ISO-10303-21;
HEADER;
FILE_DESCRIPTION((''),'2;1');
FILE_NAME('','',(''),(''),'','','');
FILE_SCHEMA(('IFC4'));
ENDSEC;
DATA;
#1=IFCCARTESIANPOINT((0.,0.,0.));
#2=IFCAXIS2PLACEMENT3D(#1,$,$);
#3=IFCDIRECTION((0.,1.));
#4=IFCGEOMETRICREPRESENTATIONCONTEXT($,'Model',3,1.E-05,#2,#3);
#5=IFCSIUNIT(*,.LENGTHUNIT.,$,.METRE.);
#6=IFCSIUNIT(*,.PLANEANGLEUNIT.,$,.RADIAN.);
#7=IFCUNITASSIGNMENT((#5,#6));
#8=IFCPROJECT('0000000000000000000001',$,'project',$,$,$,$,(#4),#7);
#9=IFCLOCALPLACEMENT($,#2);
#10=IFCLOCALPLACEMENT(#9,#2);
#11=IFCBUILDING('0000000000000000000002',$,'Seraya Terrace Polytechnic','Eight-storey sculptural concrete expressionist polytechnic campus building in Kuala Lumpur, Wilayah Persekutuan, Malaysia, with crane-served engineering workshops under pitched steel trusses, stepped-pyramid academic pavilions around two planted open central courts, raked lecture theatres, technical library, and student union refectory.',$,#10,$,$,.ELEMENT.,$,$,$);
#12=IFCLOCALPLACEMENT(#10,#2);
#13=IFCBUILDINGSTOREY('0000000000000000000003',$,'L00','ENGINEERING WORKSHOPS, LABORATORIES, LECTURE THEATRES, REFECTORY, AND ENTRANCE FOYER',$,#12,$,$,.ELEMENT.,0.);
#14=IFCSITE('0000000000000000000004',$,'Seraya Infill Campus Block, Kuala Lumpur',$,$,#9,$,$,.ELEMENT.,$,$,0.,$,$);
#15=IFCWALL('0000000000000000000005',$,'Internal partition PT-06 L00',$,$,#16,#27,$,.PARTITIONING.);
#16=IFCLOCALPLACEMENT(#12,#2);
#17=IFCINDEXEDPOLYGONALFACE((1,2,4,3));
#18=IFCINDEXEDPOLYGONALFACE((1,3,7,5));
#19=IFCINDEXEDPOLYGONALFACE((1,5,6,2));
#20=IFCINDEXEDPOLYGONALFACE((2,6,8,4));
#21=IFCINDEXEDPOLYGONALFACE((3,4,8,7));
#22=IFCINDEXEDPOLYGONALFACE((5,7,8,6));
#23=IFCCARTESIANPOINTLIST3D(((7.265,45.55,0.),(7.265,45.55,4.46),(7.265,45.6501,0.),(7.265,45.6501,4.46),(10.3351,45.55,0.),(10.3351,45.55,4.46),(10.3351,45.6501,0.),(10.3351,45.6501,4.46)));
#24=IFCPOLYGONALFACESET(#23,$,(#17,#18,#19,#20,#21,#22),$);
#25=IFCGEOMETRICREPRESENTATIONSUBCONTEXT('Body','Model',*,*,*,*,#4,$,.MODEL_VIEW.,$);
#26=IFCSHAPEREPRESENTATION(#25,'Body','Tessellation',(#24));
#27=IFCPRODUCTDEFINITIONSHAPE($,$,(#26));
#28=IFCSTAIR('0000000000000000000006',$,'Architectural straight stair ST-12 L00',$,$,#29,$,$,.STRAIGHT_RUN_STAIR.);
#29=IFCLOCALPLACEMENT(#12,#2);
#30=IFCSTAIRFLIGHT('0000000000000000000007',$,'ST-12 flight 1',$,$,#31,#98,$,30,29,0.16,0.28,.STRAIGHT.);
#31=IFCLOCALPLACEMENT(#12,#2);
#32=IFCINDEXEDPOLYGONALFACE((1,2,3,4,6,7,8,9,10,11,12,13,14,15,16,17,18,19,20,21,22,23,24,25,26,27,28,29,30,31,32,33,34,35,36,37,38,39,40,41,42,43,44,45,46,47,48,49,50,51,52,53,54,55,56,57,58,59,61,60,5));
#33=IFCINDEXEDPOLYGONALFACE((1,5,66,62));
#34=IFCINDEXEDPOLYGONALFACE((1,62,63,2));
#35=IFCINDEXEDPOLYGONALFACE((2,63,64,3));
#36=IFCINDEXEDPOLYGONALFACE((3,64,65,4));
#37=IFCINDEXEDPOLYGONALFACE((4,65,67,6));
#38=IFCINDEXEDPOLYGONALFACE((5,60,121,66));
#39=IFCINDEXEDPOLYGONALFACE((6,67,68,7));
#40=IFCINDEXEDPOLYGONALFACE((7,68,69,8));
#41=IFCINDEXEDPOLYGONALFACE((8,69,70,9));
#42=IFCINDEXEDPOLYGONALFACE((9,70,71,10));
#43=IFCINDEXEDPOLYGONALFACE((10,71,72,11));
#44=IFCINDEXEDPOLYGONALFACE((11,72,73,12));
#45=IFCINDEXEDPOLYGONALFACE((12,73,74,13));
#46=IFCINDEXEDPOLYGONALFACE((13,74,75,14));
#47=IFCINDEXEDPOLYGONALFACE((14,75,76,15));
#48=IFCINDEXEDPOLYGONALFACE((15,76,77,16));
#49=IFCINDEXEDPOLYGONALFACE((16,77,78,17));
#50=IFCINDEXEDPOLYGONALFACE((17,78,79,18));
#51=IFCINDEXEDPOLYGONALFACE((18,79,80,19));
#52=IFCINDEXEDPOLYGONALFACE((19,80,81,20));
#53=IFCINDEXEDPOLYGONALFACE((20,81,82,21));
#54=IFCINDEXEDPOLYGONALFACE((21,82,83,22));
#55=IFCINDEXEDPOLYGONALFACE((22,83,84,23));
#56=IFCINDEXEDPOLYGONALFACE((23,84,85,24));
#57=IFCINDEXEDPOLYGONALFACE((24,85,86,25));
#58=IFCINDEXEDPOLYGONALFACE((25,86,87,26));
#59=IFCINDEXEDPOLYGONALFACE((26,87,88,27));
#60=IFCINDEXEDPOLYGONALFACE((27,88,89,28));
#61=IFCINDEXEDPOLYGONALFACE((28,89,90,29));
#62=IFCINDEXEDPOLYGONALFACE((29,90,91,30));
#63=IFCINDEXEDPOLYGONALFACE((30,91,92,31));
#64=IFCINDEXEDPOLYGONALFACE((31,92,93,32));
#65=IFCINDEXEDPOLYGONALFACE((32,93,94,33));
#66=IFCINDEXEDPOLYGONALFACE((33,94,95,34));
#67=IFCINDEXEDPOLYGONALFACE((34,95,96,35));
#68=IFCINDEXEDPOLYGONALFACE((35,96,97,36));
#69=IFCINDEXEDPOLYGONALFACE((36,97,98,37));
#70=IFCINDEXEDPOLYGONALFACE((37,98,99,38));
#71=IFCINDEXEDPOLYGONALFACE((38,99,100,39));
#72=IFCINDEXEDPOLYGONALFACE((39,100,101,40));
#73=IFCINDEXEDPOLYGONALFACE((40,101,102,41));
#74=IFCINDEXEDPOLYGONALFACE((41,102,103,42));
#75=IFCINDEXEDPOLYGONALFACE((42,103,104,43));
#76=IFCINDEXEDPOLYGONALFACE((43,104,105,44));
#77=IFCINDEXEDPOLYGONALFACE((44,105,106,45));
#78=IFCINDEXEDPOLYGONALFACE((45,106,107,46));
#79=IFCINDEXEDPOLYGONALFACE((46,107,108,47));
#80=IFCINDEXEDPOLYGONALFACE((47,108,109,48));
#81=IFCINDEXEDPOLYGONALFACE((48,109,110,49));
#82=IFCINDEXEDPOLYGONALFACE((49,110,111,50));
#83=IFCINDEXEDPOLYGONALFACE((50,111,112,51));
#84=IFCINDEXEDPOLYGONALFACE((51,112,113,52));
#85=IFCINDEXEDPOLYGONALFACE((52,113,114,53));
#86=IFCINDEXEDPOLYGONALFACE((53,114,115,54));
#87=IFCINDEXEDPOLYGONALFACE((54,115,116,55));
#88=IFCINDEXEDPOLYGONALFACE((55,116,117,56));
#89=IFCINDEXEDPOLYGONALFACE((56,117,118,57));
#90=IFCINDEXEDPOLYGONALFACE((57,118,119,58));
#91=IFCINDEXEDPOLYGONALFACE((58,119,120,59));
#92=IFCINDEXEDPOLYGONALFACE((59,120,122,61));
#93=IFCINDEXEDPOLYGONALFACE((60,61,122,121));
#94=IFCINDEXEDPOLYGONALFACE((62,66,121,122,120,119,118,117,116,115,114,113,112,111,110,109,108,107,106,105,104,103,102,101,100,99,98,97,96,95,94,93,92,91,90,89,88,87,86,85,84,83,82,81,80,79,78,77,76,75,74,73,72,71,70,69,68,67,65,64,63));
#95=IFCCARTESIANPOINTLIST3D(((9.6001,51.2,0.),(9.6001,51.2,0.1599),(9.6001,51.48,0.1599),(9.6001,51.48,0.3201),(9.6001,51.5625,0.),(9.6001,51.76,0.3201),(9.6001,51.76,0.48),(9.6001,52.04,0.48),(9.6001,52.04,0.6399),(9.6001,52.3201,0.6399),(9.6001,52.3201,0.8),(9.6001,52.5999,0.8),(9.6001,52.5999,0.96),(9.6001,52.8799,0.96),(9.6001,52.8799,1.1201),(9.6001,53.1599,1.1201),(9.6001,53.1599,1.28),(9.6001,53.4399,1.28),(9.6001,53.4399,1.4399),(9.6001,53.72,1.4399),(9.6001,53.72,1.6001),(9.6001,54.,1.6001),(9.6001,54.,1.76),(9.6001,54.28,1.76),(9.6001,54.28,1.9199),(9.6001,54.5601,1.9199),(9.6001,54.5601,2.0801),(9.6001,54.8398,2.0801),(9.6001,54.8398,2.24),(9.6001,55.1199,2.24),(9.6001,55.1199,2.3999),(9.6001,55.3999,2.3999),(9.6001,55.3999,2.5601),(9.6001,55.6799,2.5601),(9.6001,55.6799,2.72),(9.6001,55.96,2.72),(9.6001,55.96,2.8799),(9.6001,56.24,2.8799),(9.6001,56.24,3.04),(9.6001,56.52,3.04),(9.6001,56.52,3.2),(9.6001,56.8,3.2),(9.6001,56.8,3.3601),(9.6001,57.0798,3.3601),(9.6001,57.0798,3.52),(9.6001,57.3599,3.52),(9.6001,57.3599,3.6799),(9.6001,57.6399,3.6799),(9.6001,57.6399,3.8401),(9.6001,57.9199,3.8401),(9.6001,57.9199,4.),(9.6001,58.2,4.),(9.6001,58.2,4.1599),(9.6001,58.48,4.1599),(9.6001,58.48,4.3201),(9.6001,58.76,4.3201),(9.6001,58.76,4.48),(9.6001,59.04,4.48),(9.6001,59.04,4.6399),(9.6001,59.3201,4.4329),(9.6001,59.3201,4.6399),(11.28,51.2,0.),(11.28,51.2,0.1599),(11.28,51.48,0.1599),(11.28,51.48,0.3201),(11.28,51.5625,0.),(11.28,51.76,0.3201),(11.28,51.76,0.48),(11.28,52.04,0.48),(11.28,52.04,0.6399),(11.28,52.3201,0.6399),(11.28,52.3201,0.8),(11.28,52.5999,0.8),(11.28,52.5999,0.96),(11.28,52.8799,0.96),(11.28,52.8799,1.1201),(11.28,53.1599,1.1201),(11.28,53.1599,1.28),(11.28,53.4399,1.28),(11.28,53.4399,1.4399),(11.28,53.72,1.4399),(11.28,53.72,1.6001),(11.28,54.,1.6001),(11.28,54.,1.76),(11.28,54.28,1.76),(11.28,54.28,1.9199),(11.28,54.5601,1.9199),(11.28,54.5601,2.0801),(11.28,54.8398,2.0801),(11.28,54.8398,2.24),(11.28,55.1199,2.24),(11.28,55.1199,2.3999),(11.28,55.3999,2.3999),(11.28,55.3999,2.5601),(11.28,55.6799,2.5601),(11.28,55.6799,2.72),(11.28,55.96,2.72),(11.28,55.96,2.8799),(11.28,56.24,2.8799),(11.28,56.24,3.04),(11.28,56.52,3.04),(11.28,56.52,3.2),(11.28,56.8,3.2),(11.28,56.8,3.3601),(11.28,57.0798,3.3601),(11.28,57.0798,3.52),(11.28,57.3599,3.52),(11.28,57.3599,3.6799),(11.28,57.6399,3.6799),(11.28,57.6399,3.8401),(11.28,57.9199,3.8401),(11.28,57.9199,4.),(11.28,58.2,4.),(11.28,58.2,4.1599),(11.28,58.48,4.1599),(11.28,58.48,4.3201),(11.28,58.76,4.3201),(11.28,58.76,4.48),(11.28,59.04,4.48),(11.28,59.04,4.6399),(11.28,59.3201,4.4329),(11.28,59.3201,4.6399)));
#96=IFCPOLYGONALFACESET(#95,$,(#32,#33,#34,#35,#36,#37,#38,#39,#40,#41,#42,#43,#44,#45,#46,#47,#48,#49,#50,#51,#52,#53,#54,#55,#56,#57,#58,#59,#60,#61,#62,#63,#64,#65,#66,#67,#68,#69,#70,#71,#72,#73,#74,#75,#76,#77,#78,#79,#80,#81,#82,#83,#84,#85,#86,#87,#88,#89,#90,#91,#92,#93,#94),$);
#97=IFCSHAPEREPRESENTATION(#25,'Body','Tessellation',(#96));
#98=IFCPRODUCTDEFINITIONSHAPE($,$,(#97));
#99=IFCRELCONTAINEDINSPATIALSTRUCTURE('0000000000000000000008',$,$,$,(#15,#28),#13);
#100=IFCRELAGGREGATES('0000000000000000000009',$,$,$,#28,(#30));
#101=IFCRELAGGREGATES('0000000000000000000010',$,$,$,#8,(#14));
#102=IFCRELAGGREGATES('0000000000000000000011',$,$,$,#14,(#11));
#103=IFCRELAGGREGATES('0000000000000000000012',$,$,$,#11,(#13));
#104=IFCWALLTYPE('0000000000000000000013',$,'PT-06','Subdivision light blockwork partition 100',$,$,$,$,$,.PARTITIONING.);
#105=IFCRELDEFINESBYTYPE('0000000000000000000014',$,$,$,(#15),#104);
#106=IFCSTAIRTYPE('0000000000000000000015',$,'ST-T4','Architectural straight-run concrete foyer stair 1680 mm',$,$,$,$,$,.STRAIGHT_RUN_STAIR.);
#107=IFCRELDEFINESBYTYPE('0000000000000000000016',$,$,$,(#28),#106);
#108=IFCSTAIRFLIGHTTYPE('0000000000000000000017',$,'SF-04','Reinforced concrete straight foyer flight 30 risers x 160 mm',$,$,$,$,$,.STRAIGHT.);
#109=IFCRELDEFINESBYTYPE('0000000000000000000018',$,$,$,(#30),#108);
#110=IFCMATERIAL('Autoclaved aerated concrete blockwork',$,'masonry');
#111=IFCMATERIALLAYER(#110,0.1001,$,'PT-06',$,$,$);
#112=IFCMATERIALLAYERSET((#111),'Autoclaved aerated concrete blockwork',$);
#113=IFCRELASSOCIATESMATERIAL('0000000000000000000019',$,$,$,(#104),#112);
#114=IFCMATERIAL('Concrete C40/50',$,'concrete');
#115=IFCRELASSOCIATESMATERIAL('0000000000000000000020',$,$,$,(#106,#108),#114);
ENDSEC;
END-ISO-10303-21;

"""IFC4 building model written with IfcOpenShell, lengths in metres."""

from ifc_helpers import new_model, si_unit, direction, frame, frame_2d, origin, place, context, subcontext, project, spatial, polyline, rectangle, outline, extrude, material, layer, layer_set, type_object, element, aggregate, save


model = new_model("IFC4")

# Units and contexts
model_context = context("Model", 3, precision=1e-05, world=origin(), true_north=direction((0.0, 1.0)))
body_context = subcontext(model_context, "Body", "Model", "MODEL_VIEW")
ifc_project = project(units=[si_unit("LENGTHUNIT", "METRE"), si_unit("PLANEANGLEUNIT", "RADIAN")], contexts=[model_context])

# Site, building, storey
site_placement = place(None, origin())
site = spatial("IfcSite", under=ifc_project, at=site_placement, Name="Seraya Infill Campus Block, Kuala Lumpur", CompositionType="ELEMENT", RefElevation=0.0)
building_placement = place(site_placement, origin())
building = spatial("IfcBuilding", under=site, at=building_placement, Name="Seraya Terrace Polytechnic", Description="Eight-storey sculptural concrete expressionist polytechnic campus building in Kuala Lumpur, Wilayah Persekutuan, Malaysia, with crane-served engineering workshops under pitched steel trusses, stepped-pyramid academic pavilions around two planted open central courts, raked lecture theatres, technical library, and student union refectory.", CompositionType="ELEMENT")
storey_placement = place(building_placement, origin())
storey = spatial("IfcBuildingStorey", under=building, at=storey_placement, Name="L00", Description="ENGINEERING WORKSHOPS, LABORATORIES, LECTURE THEATRES, REFECTORY, AND ENTRANCE FOYER", CompositionType="ELEMENT", Elevation=0.0)

# Shared definitions
ifc_material_1 = material(Name="Concrete C40/50", Category="concrete")

# Wall
ifc_material_2 = material(Name="Autoclaved aerated concrete blockwork", Category="masonry")
ifc_layer_1 = layer(ifc_material_2, 0.1001, Name="PT-06")
ifc_layer_set_1 = layer_set([ifc_layer_1], Name="Autoclaved aerated concrete blockwork")
wall_type_1 = type_object("IfcWallType", Name="PT-06", Description="Subdivision light blockwork partition 100", PredefinedType="PARTITIONING", material=ifc_layer_set_1)
wall_1_placement = place(storey_placement, frame((7.2649, 45.6001, 0.0), z_axis=(0.0, 0.0, 1.0), x_axis=(1.0, 0.0, 0.0)))
element("IfcWall", 1, at=wall_1_placement, inside=storey, type_object=wall_type_1, Name="Internal partition PT-06 L00", PredefinedType="PARTITIONING", context=body_context, shape_type="SweptSolid", body=[
    extrude(rectangle(XDim=3.0701, YDim=0.1001, at=frame_2d((1.5352, 0.0))), origin(), (0.0, 0.0, 1.0), 4.46),
])

# Stair, stair flight
stair_type = type_object("IfcStairType", Name="ST-T4", Description="Architectural straight-run concrete foyer stair 1680 mm", PredefinedType="STRAIGHT_RUN_STAIR", material=ifc_material_1)
stair_placement = place(storey_placement, origin())
stair = element("IfcStair", 2, at=stair_placement, inside=storey, type_object=stair_type, Name="Architectural straight stair ST-12 L00", PredefinedType="STRAIGHT_RUN_STAIR")
stair_flight_type = type_object("IfcStairFlightType", Name="SF-04", Description="Reinforced concrete straight foyer flight 30 risers x 160 mm", PredefinedType="STRAIGHT", material=ifc_material_1)
stair_flight_placement = place(storey_placement, frame((10.4399, 51.2, 0.0), z_axis=(0.0, 0.0, 1.0), x_axis=(0.0, 1.0, 0.0)))
stair_flight = element("IfcStairFlight", 3, at=stair_flight_placement, type_object=stair_flight_type, Name="ST-12 flight 1", NumberOfRisers=30, NumberOfTreads=29, PredefinedType="STRAIGHT", RiserHeight=0.16, TreadLength=0.28, context=body_context, shape_type="SweptSolid", body=[
    extrude(outline(polyline([(0.0, 0.0), (0.0, 0.1599), (0.28, 0.1599), (0.28, 0.3201), (0.5601, 0.3201), (0.5601, 0.48), (0.8401, 0.48), (0.8401, 0.6399), (1.1201, 0.6399), (1.1201, 0.8), (1.3999, 0.8), (1.3999, 0.96), (1.6799, 0.96), (1.6799, 1.1201), (1.96, 1.1201), (1.96, 1.28), (2.24, 1.28), (2.24, 1.4399), (2.52, 1.4399), (2.52, 1.6001), (2.8, 1.6001), (2.8, 1.76), (3.0801, 1.76), (3.0801, 1.9199), (3.3601, 1.9199), (3.3601, 2.0801), (3.6399, 2.0801), (3.6399, 2.24), (3.9199, 2.24), (3.9199, 2.3999), (4.2, 2.3999), (4.2, 2.5601), (4.48, 2.5601), (4.48, 2.72), (4.76, 2.72), (4.76, 2.8799), (5.04, 2.8799), (5.04, 3.04), (5.3201, 3.04), (5.3201, 3.2), (5.6001, 3.2), (5.6001, 3.3601), (5.8799, 3.3601), (5.8799, 3.52), (6.1599, 3.52), (6.1599, 3.6799), (6.4399, 3.6799), (6.4399, 3.8401), (6.72, 3.8401), (6.72, 4.0), (7.0, 4.0), (7.0, 4.1599), (7.28, 4.1599), (7.28, 4.3201), (7.5601, 4.3201), (7.5601, 4.48), (7.8401, 4.48), (7.8401, 4.6399), (8.1201, 4.6399), (8.1201, 4.8), (8.1201, 4.4329), (0.3625, 0.0), (0.0, 0.0)])), frame((0.0, 0.8398, 0.0), z_axis=(0.0, -1.0, 0.0), x_axis=(1.0, 0.0, 0.0)), (0.0, 0.0, 1.0), 1.6799),
])
aggregate(stair, [stair_flight])

save(model, "model.ifc")
